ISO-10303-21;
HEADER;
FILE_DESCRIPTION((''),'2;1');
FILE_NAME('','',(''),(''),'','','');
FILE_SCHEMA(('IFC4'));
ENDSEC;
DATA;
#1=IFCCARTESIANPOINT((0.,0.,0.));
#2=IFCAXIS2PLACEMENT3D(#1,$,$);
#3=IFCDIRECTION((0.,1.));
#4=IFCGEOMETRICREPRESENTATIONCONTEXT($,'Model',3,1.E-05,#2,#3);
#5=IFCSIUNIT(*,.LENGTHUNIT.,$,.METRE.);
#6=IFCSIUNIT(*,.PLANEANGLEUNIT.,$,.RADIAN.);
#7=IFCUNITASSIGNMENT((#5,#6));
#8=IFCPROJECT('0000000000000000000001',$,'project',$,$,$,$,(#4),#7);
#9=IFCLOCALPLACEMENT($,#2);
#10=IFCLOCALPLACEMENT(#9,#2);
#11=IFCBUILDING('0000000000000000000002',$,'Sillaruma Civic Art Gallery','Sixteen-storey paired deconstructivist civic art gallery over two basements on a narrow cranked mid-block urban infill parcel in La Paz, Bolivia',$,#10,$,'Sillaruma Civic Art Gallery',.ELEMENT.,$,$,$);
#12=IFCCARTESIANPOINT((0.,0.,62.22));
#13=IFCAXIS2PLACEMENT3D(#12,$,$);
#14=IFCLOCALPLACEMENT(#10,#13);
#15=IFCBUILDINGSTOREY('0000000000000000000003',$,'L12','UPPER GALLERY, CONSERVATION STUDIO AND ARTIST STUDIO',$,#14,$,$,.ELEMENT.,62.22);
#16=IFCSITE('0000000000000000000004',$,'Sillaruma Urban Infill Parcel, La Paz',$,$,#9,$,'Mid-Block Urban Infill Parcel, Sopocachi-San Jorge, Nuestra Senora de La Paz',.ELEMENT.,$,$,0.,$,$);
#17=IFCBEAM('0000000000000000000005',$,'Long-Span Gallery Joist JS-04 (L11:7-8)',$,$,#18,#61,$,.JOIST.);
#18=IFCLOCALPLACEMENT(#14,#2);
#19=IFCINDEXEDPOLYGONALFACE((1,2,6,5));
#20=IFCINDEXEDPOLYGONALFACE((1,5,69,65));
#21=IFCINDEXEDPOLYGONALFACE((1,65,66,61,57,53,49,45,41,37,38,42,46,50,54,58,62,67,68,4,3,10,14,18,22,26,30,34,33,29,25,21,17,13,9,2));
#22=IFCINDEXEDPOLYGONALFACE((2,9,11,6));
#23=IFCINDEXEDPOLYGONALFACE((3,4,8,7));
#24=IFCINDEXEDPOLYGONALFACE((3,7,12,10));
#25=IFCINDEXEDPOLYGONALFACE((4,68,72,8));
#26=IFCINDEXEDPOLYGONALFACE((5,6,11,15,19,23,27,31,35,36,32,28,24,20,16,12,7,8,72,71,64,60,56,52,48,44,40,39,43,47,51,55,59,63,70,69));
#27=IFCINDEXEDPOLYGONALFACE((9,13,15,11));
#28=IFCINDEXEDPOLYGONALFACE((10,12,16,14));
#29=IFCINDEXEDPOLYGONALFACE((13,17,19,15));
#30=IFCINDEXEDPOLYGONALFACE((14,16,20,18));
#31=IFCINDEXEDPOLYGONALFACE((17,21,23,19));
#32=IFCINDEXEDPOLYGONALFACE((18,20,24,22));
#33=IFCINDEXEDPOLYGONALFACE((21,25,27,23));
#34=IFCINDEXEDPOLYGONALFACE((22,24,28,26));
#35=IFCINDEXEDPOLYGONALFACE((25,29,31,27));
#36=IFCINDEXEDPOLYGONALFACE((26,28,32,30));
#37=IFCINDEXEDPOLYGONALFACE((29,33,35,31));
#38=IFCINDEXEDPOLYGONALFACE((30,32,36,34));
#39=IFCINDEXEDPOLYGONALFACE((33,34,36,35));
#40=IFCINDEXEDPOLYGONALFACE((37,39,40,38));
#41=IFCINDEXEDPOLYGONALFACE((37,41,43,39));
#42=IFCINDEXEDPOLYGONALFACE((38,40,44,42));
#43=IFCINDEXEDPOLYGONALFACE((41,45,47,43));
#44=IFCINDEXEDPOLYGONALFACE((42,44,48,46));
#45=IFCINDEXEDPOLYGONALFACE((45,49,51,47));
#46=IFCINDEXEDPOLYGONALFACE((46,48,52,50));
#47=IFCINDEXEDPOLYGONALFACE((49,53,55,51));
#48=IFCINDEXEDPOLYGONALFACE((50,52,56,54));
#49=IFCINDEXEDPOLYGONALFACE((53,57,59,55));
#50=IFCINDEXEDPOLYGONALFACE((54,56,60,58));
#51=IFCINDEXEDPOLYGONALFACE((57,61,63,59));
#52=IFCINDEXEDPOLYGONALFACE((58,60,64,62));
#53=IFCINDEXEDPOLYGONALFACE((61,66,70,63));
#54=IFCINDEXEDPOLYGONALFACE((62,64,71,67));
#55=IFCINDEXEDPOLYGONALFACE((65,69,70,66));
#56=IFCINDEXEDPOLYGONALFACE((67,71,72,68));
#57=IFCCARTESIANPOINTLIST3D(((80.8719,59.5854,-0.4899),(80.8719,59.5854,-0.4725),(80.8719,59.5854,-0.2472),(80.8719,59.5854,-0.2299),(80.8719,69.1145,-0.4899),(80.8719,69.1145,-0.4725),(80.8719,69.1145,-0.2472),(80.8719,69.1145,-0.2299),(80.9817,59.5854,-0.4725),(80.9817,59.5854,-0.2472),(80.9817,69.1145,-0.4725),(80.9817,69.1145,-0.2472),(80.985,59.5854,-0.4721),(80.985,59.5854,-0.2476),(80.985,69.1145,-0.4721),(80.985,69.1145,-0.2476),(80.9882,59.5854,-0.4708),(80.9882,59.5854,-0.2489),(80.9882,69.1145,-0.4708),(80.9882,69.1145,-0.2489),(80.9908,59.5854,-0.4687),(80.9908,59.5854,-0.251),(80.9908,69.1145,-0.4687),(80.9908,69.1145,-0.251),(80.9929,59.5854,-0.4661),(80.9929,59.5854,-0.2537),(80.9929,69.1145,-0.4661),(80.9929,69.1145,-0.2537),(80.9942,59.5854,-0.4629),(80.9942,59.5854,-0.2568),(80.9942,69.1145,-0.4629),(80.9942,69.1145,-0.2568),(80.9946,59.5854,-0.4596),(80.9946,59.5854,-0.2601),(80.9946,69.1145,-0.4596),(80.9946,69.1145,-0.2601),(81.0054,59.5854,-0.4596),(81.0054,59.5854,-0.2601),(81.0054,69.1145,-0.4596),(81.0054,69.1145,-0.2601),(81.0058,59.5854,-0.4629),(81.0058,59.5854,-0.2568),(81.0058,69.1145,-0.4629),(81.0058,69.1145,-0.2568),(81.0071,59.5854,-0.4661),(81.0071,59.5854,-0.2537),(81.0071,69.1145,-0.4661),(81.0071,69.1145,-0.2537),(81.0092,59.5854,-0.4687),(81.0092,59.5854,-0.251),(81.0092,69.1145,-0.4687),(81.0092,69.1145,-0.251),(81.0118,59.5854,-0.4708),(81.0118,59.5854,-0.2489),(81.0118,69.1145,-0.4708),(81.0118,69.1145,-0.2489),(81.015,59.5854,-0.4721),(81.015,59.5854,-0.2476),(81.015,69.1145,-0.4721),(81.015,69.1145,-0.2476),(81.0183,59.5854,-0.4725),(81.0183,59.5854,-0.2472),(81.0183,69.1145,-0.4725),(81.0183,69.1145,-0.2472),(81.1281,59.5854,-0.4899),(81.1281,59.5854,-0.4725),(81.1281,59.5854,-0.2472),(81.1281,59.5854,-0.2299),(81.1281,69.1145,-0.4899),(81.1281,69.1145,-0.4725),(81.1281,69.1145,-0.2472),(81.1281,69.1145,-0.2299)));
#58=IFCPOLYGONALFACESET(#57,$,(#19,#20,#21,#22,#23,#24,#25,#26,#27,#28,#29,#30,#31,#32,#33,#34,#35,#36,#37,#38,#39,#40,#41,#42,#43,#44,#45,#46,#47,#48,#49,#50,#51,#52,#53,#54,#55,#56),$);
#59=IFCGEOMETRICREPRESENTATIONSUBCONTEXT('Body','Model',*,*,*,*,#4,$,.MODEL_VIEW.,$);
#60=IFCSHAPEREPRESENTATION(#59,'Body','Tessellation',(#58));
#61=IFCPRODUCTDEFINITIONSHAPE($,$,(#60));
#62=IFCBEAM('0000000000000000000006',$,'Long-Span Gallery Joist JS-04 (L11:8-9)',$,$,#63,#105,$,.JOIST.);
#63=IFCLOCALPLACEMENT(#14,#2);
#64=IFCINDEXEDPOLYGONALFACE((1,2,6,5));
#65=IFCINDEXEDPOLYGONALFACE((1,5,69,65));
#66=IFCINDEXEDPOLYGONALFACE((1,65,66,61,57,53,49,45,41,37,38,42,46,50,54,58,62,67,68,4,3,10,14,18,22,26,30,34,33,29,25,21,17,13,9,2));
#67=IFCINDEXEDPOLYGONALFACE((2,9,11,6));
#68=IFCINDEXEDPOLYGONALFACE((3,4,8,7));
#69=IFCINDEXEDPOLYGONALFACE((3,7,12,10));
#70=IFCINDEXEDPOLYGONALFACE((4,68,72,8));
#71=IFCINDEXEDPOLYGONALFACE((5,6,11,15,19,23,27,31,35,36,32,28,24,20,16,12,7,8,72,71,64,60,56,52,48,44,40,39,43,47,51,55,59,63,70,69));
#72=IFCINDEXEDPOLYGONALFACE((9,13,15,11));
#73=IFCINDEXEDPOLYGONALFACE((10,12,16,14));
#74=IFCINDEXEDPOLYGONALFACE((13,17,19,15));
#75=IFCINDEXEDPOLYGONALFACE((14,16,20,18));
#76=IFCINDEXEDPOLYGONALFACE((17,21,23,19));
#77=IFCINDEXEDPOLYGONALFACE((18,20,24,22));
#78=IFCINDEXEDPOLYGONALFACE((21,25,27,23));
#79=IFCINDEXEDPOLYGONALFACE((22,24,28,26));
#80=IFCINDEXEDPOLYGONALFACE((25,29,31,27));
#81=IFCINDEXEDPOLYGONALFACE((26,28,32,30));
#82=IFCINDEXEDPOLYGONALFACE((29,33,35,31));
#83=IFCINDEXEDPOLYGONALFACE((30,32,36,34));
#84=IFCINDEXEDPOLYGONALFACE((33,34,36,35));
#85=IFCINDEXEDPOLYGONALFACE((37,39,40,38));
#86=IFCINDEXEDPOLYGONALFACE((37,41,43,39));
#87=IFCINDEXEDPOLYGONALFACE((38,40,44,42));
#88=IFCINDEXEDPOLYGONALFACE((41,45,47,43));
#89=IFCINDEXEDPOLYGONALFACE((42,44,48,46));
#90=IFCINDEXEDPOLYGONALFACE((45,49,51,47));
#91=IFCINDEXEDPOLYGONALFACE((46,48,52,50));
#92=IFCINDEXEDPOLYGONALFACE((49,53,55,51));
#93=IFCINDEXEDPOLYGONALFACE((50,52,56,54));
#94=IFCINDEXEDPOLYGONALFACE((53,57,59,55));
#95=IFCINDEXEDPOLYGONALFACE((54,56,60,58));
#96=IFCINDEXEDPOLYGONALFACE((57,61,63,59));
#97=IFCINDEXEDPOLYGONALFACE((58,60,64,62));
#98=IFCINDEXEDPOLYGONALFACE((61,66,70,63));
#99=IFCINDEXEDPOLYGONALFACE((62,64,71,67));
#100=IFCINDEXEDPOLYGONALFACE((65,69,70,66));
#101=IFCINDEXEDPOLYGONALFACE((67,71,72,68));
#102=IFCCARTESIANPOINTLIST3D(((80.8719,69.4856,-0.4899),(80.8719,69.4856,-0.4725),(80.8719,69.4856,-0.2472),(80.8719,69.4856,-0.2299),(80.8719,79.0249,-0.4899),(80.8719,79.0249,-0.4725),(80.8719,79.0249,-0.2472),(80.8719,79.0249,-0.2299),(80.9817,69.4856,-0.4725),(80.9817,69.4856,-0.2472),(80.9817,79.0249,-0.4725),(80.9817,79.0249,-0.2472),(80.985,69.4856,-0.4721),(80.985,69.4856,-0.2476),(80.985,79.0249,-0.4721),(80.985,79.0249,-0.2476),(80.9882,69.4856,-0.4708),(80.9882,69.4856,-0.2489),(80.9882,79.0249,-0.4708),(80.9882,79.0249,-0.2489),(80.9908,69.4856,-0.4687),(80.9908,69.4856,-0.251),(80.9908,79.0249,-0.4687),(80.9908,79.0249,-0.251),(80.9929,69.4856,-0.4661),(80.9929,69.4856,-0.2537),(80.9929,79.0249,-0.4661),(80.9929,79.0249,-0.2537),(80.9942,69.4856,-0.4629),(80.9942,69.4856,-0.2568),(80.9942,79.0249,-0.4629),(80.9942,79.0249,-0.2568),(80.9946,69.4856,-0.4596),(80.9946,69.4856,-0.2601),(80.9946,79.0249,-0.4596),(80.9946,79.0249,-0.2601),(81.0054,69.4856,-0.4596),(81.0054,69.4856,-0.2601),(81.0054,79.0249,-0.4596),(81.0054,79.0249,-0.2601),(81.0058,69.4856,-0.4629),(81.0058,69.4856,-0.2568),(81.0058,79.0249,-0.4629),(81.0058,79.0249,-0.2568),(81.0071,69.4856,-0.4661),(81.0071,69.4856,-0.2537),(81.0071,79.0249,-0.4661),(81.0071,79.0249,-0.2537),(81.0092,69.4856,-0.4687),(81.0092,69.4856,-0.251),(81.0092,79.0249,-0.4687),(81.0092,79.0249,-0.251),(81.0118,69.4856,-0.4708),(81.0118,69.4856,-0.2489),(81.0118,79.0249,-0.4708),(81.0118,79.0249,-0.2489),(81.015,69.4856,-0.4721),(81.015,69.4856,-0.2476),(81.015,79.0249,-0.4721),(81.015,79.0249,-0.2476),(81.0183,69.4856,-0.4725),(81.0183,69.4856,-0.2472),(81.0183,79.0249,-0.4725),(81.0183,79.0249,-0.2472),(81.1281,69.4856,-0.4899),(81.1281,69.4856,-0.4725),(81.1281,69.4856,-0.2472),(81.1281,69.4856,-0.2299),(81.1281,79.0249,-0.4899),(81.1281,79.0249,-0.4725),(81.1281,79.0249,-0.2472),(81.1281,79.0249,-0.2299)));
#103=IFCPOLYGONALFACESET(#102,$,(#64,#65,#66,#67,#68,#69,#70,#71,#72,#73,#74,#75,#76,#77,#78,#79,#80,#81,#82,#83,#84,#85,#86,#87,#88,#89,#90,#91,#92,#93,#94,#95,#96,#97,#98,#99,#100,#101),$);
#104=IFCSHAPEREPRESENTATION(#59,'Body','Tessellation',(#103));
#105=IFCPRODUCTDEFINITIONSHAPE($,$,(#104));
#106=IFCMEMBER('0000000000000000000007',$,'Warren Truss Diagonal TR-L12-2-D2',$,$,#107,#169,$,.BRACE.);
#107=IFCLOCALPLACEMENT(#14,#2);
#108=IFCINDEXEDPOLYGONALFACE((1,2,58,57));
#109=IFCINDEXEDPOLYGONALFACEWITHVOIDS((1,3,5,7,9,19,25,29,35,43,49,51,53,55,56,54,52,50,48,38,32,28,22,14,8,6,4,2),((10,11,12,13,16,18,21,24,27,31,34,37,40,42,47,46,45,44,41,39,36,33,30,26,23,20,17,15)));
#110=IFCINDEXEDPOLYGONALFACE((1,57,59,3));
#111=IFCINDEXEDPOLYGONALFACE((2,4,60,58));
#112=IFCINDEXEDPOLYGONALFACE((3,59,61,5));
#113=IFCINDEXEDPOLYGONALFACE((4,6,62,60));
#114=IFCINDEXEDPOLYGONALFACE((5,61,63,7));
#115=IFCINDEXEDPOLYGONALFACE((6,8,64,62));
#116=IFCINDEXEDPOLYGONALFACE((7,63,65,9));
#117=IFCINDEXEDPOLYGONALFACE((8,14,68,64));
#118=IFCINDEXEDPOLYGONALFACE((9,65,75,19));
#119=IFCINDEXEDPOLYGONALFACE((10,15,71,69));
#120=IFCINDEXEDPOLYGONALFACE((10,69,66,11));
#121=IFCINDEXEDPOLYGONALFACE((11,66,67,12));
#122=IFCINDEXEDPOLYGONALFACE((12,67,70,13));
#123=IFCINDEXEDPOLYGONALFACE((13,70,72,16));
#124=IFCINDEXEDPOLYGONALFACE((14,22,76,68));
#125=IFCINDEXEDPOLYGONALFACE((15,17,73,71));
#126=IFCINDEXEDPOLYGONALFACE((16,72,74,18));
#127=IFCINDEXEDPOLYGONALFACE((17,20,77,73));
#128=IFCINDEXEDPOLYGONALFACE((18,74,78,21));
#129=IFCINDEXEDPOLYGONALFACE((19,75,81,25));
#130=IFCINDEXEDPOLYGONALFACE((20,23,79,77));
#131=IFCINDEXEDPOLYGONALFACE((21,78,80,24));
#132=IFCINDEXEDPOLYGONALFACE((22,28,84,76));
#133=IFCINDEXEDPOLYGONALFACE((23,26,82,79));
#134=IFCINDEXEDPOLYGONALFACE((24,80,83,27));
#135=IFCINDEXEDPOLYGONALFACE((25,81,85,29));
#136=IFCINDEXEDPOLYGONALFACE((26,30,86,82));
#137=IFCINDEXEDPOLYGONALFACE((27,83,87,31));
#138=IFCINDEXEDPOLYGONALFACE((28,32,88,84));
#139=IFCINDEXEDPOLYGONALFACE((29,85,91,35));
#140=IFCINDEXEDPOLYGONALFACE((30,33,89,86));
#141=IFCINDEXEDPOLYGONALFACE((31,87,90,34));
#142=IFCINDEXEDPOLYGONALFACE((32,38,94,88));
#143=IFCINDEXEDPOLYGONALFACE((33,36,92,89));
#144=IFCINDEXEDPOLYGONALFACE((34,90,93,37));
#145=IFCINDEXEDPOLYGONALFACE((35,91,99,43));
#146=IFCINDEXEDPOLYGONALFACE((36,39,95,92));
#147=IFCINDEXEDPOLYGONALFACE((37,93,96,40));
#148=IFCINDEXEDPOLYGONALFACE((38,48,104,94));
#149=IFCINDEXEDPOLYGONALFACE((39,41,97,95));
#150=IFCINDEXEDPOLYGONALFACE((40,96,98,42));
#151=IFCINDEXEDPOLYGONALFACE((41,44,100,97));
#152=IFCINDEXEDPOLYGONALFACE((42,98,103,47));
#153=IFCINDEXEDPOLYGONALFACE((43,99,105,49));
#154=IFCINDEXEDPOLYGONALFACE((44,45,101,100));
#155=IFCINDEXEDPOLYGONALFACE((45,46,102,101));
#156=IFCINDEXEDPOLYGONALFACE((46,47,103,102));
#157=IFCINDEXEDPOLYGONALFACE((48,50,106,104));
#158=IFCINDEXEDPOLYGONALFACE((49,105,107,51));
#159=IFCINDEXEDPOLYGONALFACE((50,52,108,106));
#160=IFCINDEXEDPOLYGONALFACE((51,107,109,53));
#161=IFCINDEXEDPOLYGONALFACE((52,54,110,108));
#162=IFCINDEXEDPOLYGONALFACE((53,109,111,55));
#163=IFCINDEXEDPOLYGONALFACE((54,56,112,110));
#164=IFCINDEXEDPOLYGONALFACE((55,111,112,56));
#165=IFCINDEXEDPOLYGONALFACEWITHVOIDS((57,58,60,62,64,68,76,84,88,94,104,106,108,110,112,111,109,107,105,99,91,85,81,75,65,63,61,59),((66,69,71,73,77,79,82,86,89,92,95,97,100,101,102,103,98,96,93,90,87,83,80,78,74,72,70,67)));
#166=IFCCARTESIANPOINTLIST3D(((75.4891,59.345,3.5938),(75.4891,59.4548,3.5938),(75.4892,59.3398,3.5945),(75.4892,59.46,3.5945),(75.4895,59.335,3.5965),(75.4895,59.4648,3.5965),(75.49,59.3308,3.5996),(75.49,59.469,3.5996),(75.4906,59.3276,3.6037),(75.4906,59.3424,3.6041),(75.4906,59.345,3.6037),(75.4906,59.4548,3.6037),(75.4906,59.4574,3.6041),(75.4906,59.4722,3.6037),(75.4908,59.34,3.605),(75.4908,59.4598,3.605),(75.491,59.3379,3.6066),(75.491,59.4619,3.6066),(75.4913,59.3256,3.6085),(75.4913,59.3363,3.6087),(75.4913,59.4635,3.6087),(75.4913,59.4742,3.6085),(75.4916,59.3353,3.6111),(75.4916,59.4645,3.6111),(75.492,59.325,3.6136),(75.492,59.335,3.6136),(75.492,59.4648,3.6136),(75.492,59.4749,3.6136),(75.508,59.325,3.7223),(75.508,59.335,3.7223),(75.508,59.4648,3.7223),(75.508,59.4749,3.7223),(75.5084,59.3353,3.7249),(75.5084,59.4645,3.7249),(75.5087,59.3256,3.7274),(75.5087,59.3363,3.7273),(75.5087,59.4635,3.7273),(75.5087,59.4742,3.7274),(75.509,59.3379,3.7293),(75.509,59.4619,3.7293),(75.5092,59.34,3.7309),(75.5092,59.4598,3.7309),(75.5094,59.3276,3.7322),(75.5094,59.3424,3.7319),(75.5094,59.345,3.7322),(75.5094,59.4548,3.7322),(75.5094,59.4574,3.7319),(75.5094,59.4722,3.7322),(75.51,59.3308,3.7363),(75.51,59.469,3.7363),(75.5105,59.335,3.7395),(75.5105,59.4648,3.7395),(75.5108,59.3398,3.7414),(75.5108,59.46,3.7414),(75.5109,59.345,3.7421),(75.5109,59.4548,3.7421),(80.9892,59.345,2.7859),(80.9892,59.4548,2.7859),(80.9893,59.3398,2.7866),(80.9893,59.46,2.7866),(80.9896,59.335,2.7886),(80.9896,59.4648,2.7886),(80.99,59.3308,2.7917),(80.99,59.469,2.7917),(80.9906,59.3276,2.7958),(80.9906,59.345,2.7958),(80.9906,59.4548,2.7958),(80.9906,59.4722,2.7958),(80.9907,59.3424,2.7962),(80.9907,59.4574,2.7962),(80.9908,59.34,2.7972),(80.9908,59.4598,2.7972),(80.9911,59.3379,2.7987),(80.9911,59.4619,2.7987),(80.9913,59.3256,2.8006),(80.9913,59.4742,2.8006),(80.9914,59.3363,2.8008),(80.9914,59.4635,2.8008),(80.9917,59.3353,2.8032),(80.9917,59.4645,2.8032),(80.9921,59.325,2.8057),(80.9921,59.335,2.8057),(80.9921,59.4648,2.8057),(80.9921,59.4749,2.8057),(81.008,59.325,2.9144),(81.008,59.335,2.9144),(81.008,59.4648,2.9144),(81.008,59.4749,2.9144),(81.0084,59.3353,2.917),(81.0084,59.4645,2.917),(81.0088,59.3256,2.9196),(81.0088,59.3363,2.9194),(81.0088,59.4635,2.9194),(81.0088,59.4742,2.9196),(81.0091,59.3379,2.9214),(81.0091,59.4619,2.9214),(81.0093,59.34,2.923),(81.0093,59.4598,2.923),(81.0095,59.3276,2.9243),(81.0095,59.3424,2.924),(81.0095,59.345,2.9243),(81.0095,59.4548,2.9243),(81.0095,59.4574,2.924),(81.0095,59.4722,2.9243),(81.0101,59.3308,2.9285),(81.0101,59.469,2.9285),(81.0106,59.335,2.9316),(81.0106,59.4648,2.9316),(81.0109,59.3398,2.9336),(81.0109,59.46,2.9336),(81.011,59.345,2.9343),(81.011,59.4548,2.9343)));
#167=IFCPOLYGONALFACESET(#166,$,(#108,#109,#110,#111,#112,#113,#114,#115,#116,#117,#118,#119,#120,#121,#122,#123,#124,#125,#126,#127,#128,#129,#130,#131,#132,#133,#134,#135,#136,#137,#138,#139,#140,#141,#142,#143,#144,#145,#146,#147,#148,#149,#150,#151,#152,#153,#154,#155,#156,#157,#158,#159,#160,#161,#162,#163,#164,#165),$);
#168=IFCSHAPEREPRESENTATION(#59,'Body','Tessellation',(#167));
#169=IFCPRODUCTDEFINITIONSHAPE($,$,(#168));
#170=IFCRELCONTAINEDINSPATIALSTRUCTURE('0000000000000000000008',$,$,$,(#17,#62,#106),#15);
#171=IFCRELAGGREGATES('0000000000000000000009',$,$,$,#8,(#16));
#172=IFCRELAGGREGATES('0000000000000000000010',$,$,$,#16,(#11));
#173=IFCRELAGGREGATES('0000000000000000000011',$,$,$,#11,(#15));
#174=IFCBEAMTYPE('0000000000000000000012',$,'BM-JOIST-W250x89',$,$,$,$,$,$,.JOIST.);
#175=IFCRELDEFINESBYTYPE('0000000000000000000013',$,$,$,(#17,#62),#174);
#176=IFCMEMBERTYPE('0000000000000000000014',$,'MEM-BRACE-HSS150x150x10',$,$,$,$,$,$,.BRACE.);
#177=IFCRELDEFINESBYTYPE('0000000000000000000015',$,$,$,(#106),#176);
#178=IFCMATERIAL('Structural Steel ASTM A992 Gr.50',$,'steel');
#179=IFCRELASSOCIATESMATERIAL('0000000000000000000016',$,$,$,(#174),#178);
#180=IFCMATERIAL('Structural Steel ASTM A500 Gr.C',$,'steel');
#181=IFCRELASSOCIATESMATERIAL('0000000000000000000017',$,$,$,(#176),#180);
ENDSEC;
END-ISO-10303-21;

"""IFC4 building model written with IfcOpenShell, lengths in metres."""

from ifc_helpers import new_model, si_unit, direction, frame, origin, origin_2d, place, context, subcontext, project, spatial, hollow_rectangle, i_section, extrude, material, material_profile, profile_set, type_object, element, save


model = new_model("IFC4")

# Units and contexts
model_context = context("Model", 3, precision=1e-05, world=origin(), true_north=direction((0.0, 1.0)))
body_context = subcontext(model_context, "Body", "Model", "MODEL_VIEW")
ifc_project = project(units=[si_unit("LENGTHUNIT", "METRE"), si_unit("PLANEANGLEUNIT", "RADIAN")], contexts=[model_context])

# Site, building, storey
site_placement = place(None, origin())
site = spatial("IfcSite", under=ifc_project, at=site_placement, Name="Sillaruma Urban Infill Parcel, La Paz", LongName="Mid-Block Urban Infill Parcel, Sopocachi-San Jorge, Nuestra Senora de La Paz", CompositionType="ELEMENT", RefElevation=0.0)
building_placement = place(site_placement, origin())
building = spatial("IfcBuilding", under=site, at=building_placement, Name="Sillaruma Civic Art Gallery", Description="Sixteen-storey paired deconstructivist civic art gallery over two basements on a narrow cranked mid-block urban infill parcel in La Paz, Bolivia", LongName="Sillaruma Civic Art Gallery", CompositionType="ELEMENT")
storey_placement = place(building_placement, frame((0.0, 0.0, 62.22)))
storey = spatial("IfcBuildingStorey", under=building, at=storey_placement, Name="L12", Description="UPPER GALLERY, CONSERVATION STUDIO AND ARTIST STUDIO", CompositionType="ELEMENT", Elevation=62.22)

# Beams
ifc_material_1 = material(Name="Structural Steel ASTM A992 Gr.50", Category="steel")
ifc_material_profile_1 = material_profile(ifc_material_1, i_section(OverallWidth=0.2561, OverallDepth=0.26, WebThickness=0.0107, FlangeThickness=0.0173, FilletRadius=0.0129, at=origin_2d()), Name="W250x89")
ifc_profile_set_1 = profile_set([ifc_material_profile_1], Name="Structural Steel ASTM A992 Gr.50")
beam_type = type_object("IfcBeamType", Name="BM-JOIST-W250x89", PredefinedType="JOIST", material=ifc_profile_set_1)
beam_1_placement = place(storey_placement, frame((81.0, 59.5854, -0.3599), z_axis=(0.0, 1.0, 0.0), x_axis=(-1.0, 0.0, 0.0)))
element("IfcBeam", 1, at=beam_1_placement, inside=storey, type_object=beam_type, Name="Long-Span Gallery Joist JS-04 (L11:7-8)", PredefinedType="JOIST", context=body_context, shape_type="SweptSolid", body=[
    extrude(i_section(OverallWidth=0.2561, OverallDepth=0.26, WebThickness=0.0107, FlangeThickness=0.0173, FilletRadius=0.0129, at=origin_2d()), origin(), (0.0, 0.0, 1.0), 9.5291),
])
beam_2_placement = place(storey_placement, frame((81.0, 69.4856, -0.3599), z_axis=(0.0, 1.0, 0.0), x_axis=(-1.0, 0.0, 0.0)))
element("IfcBeam", 2, at=beam_2_placement, inside=storey, type_object=beam_type, Name="Long-Span Gallery Joist JS-04 (L11:8-9)", PredefinedType="JOIST", context=body_context, shape_type="SweptSolid", body=[
    extrude(i_section(OverallWidth=0.2561, OverallDepth=0.26, WebThickness=0.0107, FlangeThickness=0.0173, FilletRadius=0.0129, at=origin_2d()), origin(), (0.0, 0.0, 1.0), 9.5393),
])

# Member
ifc_material_2 = material(Name="Structural Steel ASTM A500 Gr.C", Category="steel")
ifc_material_profile_2 = material_profile(ifc_material_2, hollow_rectangle(XDim=0.1499, YDim=0.1499, WallThickness=0.01, InnerFilletRadius=0.01, OuterFilletRadius=0.02, at=origin_2d()), Name="HSS150x150x10")
ifc_profile_set_2 = profile_set([ifc_material_profile_2], Name="Structural Steel ASTM A500 Gr.C")
member_type_1 = type_object("IfcMemberType", Name="MEM-BRACE-HSS150x150x10", PredefinedType="BRACE", material=ifc_profile_set_2)
for number, where, z_axis, x_axis, name in (
    (3, (75.5, 59.3999, 3.668), (0.989384, 0.0, -0.145325), (0.0, 1.0, 0.0), "Warren Truss Diagonal TR-L12-2-D2"),
):
    element("IfcMember", number, at=place(storey_placement, frame(where, z_axis=z_axis, x_axis=x_axis)), inside=storey, type_object=member_type_1, Name=name, PredefinedType="BRACE", context=body_context, shape_type="SweptSolid", body=[
        extrude(hollow_rectangle(XDim=0.1499, YDim=0.1499, WallThickness=0.01, InnerFilletRadius=0.01, OuterFilletRadius=0.02, at=origin_2d()), origin(), (0.0, 0.0, 1.0), 5.5591),
    ])

save(model, "model.ifc")
